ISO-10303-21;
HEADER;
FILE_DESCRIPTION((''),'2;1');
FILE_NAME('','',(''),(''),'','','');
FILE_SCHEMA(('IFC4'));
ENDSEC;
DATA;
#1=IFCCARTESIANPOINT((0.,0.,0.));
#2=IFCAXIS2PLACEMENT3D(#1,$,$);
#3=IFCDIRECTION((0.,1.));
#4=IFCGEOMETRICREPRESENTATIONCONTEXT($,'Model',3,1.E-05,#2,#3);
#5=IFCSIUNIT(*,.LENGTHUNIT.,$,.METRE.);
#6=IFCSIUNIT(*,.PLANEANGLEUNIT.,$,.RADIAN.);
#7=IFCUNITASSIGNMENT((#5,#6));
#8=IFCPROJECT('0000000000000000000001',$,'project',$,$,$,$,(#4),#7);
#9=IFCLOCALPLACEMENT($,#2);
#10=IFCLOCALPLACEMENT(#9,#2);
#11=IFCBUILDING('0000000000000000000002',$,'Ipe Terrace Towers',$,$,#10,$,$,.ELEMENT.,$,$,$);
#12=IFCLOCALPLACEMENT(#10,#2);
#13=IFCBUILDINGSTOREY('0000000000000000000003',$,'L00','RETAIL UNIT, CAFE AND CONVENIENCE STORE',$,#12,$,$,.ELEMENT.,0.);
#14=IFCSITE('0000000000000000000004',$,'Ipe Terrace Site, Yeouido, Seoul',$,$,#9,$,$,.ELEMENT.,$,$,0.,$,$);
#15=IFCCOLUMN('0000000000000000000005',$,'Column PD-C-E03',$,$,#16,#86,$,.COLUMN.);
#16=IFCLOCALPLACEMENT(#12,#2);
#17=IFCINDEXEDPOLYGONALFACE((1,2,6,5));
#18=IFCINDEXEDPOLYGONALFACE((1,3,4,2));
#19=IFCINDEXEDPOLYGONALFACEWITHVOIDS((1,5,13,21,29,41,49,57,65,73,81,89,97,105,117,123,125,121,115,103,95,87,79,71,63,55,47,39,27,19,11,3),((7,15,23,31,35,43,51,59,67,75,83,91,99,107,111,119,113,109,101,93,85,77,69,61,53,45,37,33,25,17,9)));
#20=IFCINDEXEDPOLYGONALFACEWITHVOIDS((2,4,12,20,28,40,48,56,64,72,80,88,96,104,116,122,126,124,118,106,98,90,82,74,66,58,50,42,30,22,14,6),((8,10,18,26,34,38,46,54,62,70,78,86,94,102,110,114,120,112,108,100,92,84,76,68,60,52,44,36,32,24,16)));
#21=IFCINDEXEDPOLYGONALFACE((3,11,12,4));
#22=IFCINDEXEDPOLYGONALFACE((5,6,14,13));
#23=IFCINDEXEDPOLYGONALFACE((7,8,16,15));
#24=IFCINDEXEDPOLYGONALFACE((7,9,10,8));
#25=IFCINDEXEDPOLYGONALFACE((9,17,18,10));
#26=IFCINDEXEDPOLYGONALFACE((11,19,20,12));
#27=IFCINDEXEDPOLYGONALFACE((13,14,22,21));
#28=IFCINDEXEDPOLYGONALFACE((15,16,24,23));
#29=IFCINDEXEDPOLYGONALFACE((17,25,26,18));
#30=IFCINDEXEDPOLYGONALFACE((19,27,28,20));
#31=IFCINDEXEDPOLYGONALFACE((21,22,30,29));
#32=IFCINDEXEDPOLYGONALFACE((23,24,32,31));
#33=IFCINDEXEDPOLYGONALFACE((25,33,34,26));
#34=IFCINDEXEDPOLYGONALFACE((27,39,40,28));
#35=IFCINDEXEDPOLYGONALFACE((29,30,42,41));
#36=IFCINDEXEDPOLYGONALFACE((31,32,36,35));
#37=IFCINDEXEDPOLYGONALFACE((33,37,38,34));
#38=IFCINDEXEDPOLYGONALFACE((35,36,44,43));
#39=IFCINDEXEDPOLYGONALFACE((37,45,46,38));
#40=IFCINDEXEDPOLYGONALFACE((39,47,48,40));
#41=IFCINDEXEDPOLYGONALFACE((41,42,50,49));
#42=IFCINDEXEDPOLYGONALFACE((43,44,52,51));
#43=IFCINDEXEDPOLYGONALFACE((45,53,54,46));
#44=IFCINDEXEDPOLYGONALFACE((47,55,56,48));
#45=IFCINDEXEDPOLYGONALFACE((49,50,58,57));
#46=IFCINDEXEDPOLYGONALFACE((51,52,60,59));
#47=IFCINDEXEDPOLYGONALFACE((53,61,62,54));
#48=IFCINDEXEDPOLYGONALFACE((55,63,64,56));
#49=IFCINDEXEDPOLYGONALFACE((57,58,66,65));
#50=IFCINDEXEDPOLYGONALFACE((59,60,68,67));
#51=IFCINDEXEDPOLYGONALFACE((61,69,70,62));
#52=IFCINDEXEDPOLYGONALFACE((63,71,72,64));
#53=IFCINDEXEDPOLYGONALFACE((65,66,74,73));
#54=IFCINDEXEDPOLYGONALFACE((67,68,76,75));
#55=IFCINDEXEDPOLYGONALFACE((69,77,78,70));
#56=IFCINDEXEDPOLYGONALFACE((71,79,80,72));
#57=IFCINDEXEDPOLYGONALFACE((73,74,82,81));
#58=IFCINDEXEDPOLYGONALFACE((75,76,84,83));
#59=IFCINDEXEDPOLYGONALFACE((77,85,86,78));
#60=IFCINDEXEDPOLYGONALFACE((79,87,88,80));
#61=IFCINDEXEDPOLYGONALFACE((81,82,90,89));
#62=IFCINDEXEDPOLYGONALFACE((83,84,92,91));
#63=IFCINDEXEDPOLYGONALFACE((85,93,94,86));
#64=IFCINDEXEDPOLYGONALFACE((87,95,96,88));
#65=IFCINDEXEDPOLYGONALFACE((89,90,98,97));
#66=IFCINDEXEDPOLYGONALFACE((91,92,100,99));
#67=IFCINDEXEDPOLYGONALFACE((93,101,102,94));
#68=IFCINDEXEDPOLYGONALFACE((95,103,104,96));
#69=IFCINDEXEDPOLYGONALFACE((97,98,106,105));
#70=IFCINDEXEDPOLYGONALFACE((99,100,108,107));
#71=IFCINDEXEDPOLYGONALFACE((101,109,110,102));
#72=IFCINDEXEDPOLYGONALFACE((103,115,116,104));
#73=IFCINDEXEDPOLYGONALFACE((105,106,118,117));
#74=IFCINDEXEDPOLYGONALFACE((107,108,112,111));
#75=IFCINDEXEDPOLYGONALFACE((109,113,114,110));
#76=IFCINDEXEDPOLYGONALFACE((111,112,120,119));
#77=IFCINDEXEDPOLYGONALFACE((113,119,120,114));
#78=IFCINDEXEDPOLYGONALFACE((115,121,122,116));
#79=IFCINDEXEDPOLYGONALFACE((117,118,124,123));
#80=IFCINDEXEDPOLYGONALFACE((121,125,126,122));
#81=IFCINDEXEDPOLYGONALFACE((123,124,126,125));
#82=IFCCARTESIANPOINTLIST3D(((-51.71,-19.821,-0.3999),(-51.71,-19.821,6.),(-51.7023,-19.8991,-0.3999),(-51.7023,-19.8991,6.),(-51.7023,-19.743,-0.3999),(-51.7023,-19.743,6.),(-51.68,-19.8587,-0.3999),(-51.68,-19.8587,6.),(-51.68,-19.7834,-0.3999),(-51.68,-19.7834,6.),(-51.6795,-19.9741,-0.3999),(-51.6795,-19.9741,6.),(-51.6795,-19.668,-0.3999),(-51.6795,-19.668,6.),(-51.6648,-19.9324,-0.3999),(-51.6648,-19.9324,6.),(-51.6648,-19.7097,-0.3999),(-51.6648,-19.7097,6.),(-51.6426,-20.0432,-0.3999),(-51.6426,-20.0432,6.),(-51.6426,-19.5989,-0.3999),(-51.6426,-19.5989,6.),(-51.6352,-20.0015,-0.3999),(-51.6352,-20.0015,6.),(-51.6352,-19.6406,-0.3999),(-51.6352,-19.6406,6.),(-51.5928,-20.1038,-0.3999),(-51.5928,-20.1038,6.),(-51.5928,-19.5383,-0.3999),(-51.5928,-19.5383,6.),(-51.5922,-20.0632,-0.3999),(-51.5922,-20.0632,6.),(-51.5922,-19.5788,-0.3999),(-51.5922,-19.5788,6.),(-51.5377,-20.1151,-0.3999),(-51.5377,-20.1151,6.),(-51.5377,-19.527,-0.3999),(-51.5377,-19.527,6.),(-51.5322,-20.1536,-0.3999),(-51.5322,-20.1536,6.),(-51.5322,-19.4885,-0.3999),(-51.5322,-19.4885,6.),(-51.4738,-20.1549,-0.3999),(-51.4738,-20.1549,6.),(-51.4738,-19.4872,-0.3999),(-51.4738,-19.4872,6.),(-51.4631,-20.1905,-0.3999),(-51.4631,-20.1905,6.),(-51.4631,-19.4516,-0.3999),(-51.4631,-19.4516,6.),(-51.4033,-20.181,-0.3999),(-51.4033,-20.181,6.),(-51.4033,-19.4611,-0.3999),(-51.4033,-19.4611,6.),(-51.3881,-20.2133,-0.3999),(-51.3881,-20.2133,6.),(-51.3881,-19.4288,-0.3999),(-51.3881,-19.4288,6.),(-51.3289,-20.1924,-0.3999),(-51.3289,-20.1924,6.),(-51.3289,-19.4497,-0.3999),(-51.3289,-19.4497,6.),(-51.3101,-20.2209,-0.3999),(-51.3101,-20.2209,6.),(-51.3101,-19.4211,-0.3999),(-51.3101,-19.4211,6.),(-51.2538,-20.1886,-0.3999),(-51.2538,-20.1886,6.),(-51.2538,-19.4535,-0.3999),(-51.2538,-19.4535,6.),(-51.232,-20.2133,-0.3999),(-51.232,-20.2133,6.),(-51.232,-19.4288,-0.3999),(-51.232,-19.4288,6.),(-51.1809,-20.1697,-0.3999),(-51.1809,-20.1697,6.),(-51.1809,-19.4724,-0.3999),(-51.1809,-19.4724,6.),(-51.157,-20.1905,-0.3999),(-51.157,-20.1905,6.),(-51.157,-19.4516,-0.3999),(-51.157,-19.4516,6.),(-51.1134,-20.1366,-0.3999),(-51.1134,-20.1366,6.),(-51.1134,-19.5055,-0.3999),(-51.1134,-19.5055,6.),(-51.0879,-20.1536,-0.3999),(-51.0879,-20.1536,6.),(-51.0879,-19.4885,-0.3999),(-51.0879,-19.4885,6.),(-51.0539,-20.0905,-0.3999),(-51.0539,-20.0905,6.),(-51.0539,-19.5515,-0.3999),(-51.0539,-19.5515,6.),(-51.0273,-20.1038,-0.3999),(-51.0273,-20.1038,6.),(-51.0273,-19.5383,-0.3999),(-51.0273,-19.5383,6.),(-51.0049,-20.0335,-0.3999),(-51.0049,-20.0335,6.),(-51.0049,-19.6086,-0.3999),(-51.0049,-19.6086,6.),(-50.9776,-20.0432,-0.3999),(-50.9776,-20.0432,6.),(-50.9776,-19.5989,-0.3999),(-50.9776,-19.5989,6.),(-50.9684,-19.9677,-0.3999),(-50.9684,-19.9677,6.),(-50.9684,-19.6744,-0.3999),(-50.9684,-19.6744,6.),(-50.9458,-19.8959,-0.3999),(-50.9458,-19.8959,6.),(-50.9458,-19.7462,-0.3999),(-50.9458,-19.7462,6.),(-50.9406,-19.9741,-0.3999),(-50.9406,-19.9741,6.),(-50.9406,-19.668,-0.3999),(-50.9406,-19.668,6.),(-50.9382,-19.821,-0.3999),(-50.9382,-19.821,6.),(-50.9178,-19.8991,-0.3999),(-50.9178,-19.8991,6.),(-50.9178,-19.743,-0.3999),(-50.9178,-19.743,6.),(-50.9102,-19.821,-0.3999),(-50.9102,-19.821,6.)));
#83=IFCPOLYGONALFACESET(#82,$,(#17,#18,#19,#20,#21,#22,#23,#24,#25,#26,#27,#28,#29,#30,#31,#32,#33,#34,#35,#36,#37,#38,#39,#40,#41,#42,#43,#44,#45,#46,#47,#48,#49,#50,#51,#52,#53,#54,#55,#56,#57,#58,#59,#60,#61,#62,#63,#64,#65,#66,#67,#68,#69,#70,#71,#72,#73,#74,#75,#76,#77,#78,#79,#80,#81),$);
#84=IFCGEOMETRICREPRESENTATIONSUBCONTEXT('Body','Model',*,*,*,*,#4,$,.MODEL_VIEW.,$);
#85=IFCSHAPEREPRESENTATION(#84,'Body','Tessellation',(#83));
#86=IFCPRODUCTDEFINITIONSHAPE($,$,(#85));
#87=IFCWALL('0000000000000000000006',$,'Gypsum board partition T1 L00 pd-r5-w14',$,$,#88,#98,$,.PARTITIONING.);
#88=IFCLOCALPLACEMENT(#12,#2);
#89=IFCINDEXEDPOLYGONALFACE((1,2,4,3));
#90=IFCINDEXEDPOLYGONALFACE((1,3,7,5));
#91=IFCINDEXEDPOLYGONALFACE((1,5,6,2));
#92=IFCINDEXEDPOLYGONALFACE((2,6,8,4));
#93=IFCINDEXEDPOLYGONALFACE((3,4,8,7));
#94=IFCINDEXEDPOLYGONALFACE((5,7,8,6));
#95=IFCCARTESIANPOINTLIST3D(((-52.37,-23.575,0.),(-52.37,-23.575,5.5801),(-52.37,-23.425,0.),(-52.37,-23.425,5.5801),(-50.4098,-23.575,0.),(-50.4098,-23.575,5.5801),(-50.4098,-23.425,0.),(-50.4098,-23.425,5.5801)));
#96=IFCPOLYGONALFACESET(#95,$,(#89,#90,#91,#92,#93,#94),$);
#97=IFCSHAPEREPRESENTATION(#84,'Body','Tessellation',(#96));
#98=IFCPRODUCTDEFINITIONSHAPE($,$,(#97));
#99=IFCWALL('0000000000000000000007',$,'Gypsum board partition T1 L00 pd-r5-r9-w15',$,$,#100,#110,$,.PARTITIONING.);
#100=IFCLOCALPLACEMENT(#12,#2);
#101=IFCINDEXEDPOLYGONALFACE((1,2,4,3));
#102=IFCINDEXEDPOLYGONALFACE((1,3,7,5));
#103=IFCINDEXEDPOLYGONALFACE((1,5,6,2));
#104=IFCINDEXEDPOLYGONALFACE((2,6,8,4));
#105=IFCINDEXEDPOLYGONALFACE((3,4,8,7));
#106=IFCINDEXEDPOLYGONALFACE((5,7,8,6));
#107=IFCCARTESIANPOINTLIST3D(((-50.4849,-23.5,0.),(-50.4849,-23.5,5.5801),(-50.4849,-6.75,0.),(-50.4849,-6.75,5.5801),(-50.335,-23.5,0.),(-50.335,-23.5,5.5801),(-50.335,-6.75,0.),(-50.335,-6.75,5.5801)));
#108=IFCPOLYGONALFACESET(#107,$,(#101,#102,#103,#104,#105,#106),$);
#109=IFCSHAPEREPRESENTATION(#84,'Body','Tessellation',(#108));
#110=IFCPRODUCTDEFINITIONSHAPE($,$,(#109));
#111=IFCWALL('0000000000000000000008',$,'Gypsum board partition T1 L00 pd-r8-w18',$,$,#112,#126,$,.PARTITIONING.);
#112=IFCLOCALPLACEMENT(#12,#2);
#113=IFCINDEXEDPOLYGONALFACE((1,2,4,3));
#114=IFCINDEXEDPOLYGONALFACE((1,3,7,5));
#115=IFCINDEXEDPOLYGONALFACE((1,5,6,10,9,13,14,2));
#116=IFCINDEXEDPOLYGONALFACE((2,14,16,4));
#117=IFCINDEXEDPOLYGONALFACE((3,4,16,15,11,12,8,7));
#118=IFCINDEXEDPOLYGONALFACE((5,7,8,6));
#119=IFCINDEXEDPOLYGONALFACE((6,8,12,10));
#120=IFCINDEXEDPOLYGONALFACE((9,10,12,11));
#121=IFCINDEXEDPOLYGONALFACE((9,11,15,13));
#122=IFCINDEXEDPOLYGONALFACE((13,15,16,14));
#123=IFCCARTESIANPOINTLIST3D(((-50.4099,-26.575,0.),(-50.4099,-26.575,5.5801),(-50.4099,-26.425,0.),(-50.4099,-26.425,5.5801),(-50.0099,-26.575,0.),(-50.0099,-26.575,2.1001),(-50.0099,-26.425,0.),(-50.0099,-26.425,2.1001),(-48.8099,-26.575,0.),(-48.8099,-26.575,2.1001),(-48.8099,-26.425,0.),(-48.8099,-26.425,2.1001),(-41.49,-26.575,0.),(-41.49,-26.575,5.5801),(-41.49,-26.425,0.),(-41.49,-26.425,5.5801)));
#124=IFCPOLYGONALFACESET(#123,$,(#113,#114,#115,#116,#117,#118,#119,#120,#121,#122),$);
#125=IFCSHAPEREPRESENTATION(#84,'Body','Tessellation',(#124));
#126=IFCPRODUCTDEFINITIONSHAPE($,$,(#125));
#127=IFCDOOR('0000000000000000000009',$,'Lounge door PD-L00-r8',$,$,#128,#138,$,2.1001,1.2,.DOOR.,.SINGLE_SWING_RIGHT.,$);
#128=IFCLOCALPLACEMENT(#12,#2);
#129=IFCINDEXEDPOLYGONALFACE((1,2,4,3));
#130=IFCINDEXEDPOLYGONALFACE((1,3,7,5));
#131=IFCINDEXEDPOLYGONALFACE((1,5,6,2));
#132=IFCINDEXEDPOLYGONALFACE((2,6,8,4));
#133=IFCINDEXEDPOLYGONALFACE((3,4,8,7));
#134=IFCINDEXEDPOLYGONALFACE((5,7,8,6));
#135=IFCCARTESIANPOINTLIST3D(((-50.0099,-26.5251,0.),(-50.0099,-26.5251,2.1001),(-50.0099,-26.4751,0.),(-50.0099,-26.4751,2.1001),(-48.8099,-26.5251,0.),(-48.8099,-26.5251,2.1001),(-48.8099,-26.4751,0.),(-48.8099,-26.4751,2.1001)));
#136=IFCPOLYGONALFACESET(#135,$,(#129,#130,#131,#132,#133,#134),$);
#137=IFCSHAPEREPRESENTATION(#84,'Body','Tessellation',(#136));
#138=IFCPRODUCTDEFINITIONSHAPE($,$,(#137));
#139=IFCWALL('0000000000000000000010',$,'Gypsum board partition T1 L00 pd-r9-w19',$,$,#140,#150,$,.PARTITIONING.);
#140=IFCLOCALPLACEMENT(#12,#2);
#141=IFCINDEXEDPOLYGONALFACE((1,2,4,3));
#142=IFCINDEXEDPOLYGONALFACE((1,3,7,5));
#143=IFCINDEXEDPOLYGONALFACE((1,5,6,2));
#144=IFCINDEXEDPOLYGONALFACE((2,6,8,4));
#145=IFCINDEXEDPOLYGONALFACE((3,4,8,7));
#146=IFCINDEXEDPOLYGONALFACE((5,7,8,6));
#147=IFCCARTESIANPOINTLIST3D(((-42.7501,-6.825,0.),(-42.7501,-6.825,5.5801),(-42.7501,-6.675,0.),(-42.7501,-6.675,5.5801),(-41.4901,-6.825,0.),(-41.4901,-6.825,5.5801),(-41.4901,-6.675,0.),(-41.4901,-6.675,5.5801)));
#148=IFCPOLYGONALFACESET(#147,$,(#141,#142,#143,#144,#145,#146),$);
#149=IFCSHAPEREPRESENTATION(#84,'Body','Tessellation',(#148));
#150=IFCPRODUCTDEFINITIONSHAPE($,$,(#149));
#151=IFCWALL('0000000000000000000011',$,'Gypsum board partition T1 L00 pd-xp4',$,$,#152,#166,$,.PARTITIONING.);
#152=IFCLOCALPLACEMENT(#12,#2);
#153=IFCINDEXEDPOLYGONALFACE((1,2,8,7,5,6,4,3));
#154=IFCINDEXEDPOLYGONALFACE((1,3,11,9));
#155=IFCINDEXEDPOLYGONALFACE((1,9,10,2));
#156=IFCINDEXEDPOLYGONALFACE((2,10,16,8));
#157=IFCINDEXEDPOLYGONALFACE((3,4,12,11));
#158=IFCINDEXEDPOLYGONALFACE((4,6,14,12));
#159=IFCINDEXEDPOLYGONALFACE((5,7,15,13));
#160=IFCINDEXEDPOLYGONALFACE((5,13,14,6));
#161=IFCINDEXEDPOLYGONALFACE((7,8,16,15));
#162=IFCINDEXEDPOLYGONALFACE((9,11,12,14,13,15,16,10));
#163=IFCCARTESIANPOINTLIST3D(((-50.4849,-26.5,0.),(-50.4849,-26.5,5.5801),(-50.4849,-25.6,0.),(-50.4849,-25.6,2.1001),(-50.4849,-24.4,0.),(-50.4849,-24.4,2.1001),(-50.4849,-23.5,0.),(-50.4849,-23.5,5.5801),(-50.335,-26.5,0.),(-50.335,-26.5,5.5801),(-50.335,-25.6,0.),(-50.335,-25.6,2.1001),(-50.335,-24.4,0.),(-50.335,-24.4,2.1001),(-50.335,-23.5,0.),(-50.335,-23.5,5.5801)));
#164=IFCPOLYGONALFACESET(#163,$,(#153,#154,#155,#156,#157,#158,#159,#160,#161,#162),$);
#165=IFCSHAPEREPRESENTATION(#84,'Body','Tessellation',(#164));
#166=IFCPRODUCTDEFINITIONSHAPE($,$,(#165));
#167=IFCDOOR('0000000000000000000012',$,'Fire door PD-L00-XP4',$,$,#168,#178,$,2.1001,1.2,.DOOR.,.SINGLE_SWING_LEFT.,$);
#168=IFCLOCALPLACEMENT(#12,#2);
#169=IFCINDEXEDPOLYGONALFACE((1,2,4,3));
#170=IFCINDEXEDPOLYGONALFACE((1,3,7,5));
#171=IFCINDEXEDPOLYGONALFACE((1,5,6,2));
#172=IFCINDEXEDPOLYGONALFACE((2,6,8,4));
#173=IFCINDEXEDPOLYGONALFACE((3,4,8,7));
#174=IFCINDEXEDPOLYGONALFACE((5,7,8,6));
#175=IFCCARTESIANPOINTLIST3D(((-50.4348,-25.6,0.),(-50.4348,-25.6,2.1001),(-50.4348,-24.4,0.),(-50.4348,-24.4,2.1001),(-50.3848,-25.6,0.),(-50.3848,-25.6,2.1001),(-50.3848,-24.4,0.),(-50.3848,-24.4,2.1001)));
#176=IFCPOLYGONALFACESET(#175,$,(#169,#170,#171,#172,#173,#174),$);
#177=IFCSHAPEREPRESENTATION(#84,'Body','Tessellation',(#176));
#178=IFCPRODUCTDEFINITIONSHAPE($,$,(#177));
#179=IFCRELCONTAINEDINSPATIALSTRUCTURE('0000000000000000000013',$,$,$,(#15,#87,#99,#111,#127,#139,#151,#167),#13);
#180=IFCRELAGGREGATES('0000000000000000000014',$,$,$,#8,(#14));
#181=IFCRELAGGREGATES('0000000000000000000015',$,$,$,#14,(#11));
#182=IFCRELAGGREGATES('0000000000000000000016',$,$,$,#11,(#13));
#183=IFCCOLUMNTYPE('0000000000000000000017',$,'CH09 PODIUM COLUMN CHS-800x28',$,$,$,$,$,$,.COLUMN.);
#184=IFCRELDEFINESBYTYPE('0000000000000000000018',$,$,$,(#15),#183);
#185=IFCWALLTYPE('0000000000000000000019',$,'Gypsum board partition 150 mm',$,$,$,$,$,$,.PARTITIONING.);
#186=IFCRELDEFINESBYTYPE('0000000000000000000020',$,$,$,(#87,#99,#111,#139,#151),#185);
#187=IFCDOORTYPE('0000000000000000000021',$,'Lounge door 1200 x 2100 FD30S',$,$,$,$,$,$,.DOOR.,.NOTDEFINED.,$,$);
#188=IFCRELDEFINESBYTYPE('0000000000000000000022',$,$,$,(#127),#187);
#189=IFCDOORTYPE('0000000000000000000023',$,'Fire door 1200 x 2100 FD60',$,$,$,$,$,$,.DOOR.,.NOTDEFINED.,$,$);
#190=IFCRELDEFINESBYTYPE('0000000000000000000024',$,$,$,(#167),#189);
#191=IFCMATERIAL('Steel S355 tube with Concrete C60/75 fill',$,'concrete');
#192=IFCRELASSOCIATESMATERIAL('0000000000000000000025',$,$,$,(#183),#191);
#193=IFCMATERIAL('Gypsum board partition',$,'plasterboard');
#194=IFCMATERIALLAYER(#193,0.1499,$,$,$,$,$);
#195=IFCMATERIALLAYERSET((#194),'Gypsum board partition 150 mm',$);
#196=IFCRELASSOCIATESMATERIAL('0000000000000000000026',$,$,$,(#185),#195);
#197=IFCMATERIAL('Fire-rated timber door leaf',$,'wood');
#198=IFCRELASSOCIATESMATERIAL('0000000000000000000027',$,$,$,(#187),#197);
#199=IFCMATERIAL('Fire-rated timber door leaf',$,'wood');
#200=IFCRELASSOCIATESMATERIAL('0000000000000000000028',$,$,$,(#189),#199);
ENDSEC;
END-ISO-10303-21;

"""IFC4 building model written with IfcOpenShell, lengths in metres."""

from ifc_helpers import new_model, si_unit, direction, frame, frame_2d, origin, origin_2d, place, context, subcontext, project, spatial, rectangle, hollow_circle, extrude, material, layer, layer_set, material_profile, profile_set, type_object, element, fill, save


model = new_model("IFC4")

# Units and contexts
model_context = context("Model", 3, precision=1e-05, world=origin(), true_north=direction((0.0, 1.0)))
body_context = subcontext(model_context, "Body", "Model", "MODEL_VIEW")
ifc_project = project(units=[si_unit("LENGTHUNIT", "METRE"), si_unit("PLANEANGLEUNIT", "RADIAN")], contexts=[model_context])

# Site, building, storey
site_placement = place(None, origin())
site = spatial("IfcSite", under=ifc_project, at=site_placement, Name="Ipe Terrace Site, Yeouido, Seoul", CompositionType="ELEMENT", RefElevation=0.0)
building_placement = place(site_placement, origin())
building = spatial("IfcBuilding", under=site, at=building_placement, Name="Ipe Terrace Towers", CompositionType="ELEMENT")
storey_placement = place(building_placement, origin())
storey = spatial("IfcBuildingStorey", under=building, at=storey_placement, Name="L00", Description="RETAIL UNIT, CAFE AND CONVENIENCE STORE", CompositionType="ELEMENT", Elevation=0.0)

# Column
ifc_material_1 = material(Name="Steel S355 tube with Concrete C60/75 fill", Category="concrete")
ifc_material_profile_1 = material_profile(ifc_material_1, hollow_circle(Radius=0.3999, WallThickness=0.0281, at=origin_2d()), Name="CHS-800x28")
ifc_profile_set_1 = profile_set([ifc_material_profile_1], Name="Steel S355 tube with Concrete C60/75 fill")
column_type_1 = type_object("IfcColumnType", Name="CH09 PODIUM COLUMN CHS-800x28", PredefinedType="COLUMN", material=ifc_profile_set_1)
column_placement = place(storey_placement, frame((-51.3101, -19.821, -0.3999), z_axis=(0.0, 0.0, 1.0), x_axis=(1.0, 0.0, 0.0)))
element("IfcColumn", 1, at=column_placement, inside=storey, type_object=column_type_1, Name="Column PD-C-E03", PredefinedType="COLUMN", context=body_context, shape_type="SweptSolid", body=[
    extrude(hollow_circle(Radius=0.3999, WallThickness=0.0281, at=origin_2d()), origin(), (0.0, 0.0, 1.0), 6.3999),
])

# Walls
ifc_material_2 = material(Name="Gypsum board partition", Category="plasterboard")
ifc_layer_1 = layer(ifc_material_2, 0.1499)
ifc_layer_set_1 = layer_set([ifc_layer_1], Name="Gypsum board partition 150 mm")
wall_type_1 = type_object("IfcWallType", Name="Gypsum board partition 150 mm", PredefinedType="PARTITIONING", material=ifc_layer_set_1)
wall_1_placement = place(storey_placement, frame((-50.4099, -23.5, 0.0), z_axis=(0.0, 0.0, 1.0), x_axis=(-1.0, 0.0, 0.0)))
element("IfcWall", 2, at=wall_1_placement, inside=storey, type_object=wall_type_1, Name="Gypsum board partition T1 L00 pd-r5-w14", PredefinedType="PARTITIONING", context=body_context, shape_type="SweptSolid", body=[
    extrude(rectangle(XDim=1.9602, YDim=0.1499, at=frame_2d((0.98, 0.0))), origin(), (0.0, 0.0, 1.0), 5.5801),
])
wall_2_placement = place(storey_placement, frame((-50.4099, -6.75, 0.0), z_axis=(0.0, 0.0, 1.0), x_axis=(0.0, -1.0, 0.0)))
element("IfcWall", 3, at=wall_2_placement, inside=storey, type_object=wall_type_1, Name="Gypsum board partition T1 L00 pd-r5-r9-w15", PredefinedType="PARTITIONING", context=body_context, shape_type="SweptSolid", body=[
    extrude(rectangle(XDim=16.75, YDim=0.1499, at=frame_2d((8.375, 0.0))), origin(), (0.0, 0.0, 1.0), 5.5801),
])

# Wall, opening, door
wall_3_placement = place(storey_placement, frame((-50.4099, -26.5, 0.0), z_axis=(0.0, 0.0, 1.0), x_axis=(1.0, 0.0, 0.0)))
wall_3 = element("IfcWall", 4, at=wall_3_placement, inside=storey, type_object=wall_type_1, Name="Gypsum board partition T1 L00 pd-r8-w18", PredefinedType="PARTITIONING", context=body_context, shape_type="SweptSolid", body=[
    extrude(rectangle(XDim=8.9199, YDim=0.1499, at=frame_2d((4.46, 0.0))), origin(), (0.0, 0.0, 1.0), 5.5801),
])
opening_1_placement = place(wall_3_placement, frame((0.3999, 0.0, 0.0)))
opening_1 = element("IfcOpeningElement", 5, at=opening_1_placement, cuts=wall_3, PredefinedType="OPENING", context=body_context, shape_type="SweptSolid", body=[
    extrude(rectangle(XDim=1.2, YDim=2.1001, at=frame_2d((0.6001, 1.05))), frame((0.0, 0.085, 0.0), z_axis=(0.0, -1.0, 0.0), x_axis=(1.0, 0.0, 0.0)), (0.0, 0.0, 1.0), 0.1699),
])
ifc_material_3 = material(Name="Fire-rated timber door leaf", Category="wood")
door_type_1 = type_object("IfcDoorType", Name="Lounge door 1200 x 2100 FD30S", OperationType="NOTDEFINED", PredefinedType="DOOR", material=ifc_material_3)
door_1_placement = place(opening_1_placement, origin())
door_1 = element("IfcDoor", 6, at=door_1_placement, inside=storey, type_object=door_type_1, Name="Lounge door PD-L00-r8", OperationType="SINGLE_SWING_RIGHT", OverallHeight=2.1001, OverallWidth=1.2, PredefinedType="DOOR", context=body_context, shape_type="SweptSolid", body=[
    extrude(rectangle(XDim=1.2, YDim=2.1001, at=frame_2d((0.6001, 1.05))), frame((0.0, 0.0249, 0.0), z_axis=(0.0, -1.0, 0.0), x_axis=(1.0, 0.0, 0.0)), (0.0, 0.0, 1.0), 0.05),
])
fill(opening_1, door_1)

# Wall
wall_4_placement = place(storey_placement, frame((-42.75, -6.75, 0.0), z_axis=(0.0, 0.0, 1.0), x_axis=(1.0, 0.0, 0.0)))
element("IfcWall", 7, at=wall_4_placement, inside=storey, type_object=wall_type_1, Name="Gypsum board partition T1 L00 pd-r9-w19", PredefinedType="PARTITIONING", context=body_context, shape_type="SweptSolid", body=[
    extrude(rectangle(XDim=1.26, YDim=0.1499, at=frame_2d((0.6299, 0.0))), origin(), (0.0, 0.0, 1.0), 5.5801),
])

# Wall, opening, door
wall_5_placement = place(storey_placement, frame((-50.4099, -26.5, 0.0), z_axis=(0.0, 0.0, 1.0), x_axis=(0.0, 1.0, 0.0)))
wall_5 = element("IfcWall", 8, at=wall_5_placement, inside=storey, type_object=wall_type_1, Name="Gypsum board partition T1 L00 pd-xp4", PredefinedType="PARTITIONING", context=body_context, shape_type="SweptSolid", body=[
    extrude(rectangle(XDim=3.0, YDim=0.1499, at=frame_2d((1.5, 0.0))), origin(), (0.0, 0.0, 1.0), 5.5801),
])
opening_2_placement = place(wall_5_placement, frame((0.8999, 0.0, 0.0)))
opening_2 = element("IfcOpeningElement", 9, at=opening_2_placement, cuts=wall_5, PredefinedType="OPENING", context=body_context, shape_type="SweptSolid", body=[
    extrude(rectangle(XDim=1.2, YDim=2.1001, at=frame_2d((0.6001, 1.05))), frame((0.0, 0.085, 0.0), z_axis=(0.0, -1.0, 0.0), x_axis=(1.0, 0.0, 0.0)), (0.0, 0.0, 1.0), 0.1699),
])
ifc_material_4 = material(Name="Fire-rated timber door leaf", Category="wood")
door_type_2 = type_object("IfcDoorType", Name="Fire door 1200 x 2100 FD60", OperationType="NOTDEFINED", PredefinedType="DOOR", material=ifc_material_4)
door_2_placement = place(opening_2_placement, origin())
door_2 = element("IfcDoor", 10, at=door_2_placement, inside=storey, type_object=door_type_2, Name="Fire door PD-L00-XP4", OperationType="SINGLE_SWING_LEFT", OverallHeight=2.1001, OverallWidth=1.2, PredefinedType="DOOR", context=body_context, shape_type="SweptSolid", body=[
    extrude(rectangle(XDim=1.2, YDim=2.1001, at=frame_2d((0.6001, 1.05))), frame((0.0, 0.0249, 0.0), z_axis=(0.0, -1.0, 0.0), x_axis=(1.0, 0.0, 0.0)), (0.0, 0.0, 1.0), 0.05),
])
fill(opening_2, door_2)

save(model, "model.ifc")
